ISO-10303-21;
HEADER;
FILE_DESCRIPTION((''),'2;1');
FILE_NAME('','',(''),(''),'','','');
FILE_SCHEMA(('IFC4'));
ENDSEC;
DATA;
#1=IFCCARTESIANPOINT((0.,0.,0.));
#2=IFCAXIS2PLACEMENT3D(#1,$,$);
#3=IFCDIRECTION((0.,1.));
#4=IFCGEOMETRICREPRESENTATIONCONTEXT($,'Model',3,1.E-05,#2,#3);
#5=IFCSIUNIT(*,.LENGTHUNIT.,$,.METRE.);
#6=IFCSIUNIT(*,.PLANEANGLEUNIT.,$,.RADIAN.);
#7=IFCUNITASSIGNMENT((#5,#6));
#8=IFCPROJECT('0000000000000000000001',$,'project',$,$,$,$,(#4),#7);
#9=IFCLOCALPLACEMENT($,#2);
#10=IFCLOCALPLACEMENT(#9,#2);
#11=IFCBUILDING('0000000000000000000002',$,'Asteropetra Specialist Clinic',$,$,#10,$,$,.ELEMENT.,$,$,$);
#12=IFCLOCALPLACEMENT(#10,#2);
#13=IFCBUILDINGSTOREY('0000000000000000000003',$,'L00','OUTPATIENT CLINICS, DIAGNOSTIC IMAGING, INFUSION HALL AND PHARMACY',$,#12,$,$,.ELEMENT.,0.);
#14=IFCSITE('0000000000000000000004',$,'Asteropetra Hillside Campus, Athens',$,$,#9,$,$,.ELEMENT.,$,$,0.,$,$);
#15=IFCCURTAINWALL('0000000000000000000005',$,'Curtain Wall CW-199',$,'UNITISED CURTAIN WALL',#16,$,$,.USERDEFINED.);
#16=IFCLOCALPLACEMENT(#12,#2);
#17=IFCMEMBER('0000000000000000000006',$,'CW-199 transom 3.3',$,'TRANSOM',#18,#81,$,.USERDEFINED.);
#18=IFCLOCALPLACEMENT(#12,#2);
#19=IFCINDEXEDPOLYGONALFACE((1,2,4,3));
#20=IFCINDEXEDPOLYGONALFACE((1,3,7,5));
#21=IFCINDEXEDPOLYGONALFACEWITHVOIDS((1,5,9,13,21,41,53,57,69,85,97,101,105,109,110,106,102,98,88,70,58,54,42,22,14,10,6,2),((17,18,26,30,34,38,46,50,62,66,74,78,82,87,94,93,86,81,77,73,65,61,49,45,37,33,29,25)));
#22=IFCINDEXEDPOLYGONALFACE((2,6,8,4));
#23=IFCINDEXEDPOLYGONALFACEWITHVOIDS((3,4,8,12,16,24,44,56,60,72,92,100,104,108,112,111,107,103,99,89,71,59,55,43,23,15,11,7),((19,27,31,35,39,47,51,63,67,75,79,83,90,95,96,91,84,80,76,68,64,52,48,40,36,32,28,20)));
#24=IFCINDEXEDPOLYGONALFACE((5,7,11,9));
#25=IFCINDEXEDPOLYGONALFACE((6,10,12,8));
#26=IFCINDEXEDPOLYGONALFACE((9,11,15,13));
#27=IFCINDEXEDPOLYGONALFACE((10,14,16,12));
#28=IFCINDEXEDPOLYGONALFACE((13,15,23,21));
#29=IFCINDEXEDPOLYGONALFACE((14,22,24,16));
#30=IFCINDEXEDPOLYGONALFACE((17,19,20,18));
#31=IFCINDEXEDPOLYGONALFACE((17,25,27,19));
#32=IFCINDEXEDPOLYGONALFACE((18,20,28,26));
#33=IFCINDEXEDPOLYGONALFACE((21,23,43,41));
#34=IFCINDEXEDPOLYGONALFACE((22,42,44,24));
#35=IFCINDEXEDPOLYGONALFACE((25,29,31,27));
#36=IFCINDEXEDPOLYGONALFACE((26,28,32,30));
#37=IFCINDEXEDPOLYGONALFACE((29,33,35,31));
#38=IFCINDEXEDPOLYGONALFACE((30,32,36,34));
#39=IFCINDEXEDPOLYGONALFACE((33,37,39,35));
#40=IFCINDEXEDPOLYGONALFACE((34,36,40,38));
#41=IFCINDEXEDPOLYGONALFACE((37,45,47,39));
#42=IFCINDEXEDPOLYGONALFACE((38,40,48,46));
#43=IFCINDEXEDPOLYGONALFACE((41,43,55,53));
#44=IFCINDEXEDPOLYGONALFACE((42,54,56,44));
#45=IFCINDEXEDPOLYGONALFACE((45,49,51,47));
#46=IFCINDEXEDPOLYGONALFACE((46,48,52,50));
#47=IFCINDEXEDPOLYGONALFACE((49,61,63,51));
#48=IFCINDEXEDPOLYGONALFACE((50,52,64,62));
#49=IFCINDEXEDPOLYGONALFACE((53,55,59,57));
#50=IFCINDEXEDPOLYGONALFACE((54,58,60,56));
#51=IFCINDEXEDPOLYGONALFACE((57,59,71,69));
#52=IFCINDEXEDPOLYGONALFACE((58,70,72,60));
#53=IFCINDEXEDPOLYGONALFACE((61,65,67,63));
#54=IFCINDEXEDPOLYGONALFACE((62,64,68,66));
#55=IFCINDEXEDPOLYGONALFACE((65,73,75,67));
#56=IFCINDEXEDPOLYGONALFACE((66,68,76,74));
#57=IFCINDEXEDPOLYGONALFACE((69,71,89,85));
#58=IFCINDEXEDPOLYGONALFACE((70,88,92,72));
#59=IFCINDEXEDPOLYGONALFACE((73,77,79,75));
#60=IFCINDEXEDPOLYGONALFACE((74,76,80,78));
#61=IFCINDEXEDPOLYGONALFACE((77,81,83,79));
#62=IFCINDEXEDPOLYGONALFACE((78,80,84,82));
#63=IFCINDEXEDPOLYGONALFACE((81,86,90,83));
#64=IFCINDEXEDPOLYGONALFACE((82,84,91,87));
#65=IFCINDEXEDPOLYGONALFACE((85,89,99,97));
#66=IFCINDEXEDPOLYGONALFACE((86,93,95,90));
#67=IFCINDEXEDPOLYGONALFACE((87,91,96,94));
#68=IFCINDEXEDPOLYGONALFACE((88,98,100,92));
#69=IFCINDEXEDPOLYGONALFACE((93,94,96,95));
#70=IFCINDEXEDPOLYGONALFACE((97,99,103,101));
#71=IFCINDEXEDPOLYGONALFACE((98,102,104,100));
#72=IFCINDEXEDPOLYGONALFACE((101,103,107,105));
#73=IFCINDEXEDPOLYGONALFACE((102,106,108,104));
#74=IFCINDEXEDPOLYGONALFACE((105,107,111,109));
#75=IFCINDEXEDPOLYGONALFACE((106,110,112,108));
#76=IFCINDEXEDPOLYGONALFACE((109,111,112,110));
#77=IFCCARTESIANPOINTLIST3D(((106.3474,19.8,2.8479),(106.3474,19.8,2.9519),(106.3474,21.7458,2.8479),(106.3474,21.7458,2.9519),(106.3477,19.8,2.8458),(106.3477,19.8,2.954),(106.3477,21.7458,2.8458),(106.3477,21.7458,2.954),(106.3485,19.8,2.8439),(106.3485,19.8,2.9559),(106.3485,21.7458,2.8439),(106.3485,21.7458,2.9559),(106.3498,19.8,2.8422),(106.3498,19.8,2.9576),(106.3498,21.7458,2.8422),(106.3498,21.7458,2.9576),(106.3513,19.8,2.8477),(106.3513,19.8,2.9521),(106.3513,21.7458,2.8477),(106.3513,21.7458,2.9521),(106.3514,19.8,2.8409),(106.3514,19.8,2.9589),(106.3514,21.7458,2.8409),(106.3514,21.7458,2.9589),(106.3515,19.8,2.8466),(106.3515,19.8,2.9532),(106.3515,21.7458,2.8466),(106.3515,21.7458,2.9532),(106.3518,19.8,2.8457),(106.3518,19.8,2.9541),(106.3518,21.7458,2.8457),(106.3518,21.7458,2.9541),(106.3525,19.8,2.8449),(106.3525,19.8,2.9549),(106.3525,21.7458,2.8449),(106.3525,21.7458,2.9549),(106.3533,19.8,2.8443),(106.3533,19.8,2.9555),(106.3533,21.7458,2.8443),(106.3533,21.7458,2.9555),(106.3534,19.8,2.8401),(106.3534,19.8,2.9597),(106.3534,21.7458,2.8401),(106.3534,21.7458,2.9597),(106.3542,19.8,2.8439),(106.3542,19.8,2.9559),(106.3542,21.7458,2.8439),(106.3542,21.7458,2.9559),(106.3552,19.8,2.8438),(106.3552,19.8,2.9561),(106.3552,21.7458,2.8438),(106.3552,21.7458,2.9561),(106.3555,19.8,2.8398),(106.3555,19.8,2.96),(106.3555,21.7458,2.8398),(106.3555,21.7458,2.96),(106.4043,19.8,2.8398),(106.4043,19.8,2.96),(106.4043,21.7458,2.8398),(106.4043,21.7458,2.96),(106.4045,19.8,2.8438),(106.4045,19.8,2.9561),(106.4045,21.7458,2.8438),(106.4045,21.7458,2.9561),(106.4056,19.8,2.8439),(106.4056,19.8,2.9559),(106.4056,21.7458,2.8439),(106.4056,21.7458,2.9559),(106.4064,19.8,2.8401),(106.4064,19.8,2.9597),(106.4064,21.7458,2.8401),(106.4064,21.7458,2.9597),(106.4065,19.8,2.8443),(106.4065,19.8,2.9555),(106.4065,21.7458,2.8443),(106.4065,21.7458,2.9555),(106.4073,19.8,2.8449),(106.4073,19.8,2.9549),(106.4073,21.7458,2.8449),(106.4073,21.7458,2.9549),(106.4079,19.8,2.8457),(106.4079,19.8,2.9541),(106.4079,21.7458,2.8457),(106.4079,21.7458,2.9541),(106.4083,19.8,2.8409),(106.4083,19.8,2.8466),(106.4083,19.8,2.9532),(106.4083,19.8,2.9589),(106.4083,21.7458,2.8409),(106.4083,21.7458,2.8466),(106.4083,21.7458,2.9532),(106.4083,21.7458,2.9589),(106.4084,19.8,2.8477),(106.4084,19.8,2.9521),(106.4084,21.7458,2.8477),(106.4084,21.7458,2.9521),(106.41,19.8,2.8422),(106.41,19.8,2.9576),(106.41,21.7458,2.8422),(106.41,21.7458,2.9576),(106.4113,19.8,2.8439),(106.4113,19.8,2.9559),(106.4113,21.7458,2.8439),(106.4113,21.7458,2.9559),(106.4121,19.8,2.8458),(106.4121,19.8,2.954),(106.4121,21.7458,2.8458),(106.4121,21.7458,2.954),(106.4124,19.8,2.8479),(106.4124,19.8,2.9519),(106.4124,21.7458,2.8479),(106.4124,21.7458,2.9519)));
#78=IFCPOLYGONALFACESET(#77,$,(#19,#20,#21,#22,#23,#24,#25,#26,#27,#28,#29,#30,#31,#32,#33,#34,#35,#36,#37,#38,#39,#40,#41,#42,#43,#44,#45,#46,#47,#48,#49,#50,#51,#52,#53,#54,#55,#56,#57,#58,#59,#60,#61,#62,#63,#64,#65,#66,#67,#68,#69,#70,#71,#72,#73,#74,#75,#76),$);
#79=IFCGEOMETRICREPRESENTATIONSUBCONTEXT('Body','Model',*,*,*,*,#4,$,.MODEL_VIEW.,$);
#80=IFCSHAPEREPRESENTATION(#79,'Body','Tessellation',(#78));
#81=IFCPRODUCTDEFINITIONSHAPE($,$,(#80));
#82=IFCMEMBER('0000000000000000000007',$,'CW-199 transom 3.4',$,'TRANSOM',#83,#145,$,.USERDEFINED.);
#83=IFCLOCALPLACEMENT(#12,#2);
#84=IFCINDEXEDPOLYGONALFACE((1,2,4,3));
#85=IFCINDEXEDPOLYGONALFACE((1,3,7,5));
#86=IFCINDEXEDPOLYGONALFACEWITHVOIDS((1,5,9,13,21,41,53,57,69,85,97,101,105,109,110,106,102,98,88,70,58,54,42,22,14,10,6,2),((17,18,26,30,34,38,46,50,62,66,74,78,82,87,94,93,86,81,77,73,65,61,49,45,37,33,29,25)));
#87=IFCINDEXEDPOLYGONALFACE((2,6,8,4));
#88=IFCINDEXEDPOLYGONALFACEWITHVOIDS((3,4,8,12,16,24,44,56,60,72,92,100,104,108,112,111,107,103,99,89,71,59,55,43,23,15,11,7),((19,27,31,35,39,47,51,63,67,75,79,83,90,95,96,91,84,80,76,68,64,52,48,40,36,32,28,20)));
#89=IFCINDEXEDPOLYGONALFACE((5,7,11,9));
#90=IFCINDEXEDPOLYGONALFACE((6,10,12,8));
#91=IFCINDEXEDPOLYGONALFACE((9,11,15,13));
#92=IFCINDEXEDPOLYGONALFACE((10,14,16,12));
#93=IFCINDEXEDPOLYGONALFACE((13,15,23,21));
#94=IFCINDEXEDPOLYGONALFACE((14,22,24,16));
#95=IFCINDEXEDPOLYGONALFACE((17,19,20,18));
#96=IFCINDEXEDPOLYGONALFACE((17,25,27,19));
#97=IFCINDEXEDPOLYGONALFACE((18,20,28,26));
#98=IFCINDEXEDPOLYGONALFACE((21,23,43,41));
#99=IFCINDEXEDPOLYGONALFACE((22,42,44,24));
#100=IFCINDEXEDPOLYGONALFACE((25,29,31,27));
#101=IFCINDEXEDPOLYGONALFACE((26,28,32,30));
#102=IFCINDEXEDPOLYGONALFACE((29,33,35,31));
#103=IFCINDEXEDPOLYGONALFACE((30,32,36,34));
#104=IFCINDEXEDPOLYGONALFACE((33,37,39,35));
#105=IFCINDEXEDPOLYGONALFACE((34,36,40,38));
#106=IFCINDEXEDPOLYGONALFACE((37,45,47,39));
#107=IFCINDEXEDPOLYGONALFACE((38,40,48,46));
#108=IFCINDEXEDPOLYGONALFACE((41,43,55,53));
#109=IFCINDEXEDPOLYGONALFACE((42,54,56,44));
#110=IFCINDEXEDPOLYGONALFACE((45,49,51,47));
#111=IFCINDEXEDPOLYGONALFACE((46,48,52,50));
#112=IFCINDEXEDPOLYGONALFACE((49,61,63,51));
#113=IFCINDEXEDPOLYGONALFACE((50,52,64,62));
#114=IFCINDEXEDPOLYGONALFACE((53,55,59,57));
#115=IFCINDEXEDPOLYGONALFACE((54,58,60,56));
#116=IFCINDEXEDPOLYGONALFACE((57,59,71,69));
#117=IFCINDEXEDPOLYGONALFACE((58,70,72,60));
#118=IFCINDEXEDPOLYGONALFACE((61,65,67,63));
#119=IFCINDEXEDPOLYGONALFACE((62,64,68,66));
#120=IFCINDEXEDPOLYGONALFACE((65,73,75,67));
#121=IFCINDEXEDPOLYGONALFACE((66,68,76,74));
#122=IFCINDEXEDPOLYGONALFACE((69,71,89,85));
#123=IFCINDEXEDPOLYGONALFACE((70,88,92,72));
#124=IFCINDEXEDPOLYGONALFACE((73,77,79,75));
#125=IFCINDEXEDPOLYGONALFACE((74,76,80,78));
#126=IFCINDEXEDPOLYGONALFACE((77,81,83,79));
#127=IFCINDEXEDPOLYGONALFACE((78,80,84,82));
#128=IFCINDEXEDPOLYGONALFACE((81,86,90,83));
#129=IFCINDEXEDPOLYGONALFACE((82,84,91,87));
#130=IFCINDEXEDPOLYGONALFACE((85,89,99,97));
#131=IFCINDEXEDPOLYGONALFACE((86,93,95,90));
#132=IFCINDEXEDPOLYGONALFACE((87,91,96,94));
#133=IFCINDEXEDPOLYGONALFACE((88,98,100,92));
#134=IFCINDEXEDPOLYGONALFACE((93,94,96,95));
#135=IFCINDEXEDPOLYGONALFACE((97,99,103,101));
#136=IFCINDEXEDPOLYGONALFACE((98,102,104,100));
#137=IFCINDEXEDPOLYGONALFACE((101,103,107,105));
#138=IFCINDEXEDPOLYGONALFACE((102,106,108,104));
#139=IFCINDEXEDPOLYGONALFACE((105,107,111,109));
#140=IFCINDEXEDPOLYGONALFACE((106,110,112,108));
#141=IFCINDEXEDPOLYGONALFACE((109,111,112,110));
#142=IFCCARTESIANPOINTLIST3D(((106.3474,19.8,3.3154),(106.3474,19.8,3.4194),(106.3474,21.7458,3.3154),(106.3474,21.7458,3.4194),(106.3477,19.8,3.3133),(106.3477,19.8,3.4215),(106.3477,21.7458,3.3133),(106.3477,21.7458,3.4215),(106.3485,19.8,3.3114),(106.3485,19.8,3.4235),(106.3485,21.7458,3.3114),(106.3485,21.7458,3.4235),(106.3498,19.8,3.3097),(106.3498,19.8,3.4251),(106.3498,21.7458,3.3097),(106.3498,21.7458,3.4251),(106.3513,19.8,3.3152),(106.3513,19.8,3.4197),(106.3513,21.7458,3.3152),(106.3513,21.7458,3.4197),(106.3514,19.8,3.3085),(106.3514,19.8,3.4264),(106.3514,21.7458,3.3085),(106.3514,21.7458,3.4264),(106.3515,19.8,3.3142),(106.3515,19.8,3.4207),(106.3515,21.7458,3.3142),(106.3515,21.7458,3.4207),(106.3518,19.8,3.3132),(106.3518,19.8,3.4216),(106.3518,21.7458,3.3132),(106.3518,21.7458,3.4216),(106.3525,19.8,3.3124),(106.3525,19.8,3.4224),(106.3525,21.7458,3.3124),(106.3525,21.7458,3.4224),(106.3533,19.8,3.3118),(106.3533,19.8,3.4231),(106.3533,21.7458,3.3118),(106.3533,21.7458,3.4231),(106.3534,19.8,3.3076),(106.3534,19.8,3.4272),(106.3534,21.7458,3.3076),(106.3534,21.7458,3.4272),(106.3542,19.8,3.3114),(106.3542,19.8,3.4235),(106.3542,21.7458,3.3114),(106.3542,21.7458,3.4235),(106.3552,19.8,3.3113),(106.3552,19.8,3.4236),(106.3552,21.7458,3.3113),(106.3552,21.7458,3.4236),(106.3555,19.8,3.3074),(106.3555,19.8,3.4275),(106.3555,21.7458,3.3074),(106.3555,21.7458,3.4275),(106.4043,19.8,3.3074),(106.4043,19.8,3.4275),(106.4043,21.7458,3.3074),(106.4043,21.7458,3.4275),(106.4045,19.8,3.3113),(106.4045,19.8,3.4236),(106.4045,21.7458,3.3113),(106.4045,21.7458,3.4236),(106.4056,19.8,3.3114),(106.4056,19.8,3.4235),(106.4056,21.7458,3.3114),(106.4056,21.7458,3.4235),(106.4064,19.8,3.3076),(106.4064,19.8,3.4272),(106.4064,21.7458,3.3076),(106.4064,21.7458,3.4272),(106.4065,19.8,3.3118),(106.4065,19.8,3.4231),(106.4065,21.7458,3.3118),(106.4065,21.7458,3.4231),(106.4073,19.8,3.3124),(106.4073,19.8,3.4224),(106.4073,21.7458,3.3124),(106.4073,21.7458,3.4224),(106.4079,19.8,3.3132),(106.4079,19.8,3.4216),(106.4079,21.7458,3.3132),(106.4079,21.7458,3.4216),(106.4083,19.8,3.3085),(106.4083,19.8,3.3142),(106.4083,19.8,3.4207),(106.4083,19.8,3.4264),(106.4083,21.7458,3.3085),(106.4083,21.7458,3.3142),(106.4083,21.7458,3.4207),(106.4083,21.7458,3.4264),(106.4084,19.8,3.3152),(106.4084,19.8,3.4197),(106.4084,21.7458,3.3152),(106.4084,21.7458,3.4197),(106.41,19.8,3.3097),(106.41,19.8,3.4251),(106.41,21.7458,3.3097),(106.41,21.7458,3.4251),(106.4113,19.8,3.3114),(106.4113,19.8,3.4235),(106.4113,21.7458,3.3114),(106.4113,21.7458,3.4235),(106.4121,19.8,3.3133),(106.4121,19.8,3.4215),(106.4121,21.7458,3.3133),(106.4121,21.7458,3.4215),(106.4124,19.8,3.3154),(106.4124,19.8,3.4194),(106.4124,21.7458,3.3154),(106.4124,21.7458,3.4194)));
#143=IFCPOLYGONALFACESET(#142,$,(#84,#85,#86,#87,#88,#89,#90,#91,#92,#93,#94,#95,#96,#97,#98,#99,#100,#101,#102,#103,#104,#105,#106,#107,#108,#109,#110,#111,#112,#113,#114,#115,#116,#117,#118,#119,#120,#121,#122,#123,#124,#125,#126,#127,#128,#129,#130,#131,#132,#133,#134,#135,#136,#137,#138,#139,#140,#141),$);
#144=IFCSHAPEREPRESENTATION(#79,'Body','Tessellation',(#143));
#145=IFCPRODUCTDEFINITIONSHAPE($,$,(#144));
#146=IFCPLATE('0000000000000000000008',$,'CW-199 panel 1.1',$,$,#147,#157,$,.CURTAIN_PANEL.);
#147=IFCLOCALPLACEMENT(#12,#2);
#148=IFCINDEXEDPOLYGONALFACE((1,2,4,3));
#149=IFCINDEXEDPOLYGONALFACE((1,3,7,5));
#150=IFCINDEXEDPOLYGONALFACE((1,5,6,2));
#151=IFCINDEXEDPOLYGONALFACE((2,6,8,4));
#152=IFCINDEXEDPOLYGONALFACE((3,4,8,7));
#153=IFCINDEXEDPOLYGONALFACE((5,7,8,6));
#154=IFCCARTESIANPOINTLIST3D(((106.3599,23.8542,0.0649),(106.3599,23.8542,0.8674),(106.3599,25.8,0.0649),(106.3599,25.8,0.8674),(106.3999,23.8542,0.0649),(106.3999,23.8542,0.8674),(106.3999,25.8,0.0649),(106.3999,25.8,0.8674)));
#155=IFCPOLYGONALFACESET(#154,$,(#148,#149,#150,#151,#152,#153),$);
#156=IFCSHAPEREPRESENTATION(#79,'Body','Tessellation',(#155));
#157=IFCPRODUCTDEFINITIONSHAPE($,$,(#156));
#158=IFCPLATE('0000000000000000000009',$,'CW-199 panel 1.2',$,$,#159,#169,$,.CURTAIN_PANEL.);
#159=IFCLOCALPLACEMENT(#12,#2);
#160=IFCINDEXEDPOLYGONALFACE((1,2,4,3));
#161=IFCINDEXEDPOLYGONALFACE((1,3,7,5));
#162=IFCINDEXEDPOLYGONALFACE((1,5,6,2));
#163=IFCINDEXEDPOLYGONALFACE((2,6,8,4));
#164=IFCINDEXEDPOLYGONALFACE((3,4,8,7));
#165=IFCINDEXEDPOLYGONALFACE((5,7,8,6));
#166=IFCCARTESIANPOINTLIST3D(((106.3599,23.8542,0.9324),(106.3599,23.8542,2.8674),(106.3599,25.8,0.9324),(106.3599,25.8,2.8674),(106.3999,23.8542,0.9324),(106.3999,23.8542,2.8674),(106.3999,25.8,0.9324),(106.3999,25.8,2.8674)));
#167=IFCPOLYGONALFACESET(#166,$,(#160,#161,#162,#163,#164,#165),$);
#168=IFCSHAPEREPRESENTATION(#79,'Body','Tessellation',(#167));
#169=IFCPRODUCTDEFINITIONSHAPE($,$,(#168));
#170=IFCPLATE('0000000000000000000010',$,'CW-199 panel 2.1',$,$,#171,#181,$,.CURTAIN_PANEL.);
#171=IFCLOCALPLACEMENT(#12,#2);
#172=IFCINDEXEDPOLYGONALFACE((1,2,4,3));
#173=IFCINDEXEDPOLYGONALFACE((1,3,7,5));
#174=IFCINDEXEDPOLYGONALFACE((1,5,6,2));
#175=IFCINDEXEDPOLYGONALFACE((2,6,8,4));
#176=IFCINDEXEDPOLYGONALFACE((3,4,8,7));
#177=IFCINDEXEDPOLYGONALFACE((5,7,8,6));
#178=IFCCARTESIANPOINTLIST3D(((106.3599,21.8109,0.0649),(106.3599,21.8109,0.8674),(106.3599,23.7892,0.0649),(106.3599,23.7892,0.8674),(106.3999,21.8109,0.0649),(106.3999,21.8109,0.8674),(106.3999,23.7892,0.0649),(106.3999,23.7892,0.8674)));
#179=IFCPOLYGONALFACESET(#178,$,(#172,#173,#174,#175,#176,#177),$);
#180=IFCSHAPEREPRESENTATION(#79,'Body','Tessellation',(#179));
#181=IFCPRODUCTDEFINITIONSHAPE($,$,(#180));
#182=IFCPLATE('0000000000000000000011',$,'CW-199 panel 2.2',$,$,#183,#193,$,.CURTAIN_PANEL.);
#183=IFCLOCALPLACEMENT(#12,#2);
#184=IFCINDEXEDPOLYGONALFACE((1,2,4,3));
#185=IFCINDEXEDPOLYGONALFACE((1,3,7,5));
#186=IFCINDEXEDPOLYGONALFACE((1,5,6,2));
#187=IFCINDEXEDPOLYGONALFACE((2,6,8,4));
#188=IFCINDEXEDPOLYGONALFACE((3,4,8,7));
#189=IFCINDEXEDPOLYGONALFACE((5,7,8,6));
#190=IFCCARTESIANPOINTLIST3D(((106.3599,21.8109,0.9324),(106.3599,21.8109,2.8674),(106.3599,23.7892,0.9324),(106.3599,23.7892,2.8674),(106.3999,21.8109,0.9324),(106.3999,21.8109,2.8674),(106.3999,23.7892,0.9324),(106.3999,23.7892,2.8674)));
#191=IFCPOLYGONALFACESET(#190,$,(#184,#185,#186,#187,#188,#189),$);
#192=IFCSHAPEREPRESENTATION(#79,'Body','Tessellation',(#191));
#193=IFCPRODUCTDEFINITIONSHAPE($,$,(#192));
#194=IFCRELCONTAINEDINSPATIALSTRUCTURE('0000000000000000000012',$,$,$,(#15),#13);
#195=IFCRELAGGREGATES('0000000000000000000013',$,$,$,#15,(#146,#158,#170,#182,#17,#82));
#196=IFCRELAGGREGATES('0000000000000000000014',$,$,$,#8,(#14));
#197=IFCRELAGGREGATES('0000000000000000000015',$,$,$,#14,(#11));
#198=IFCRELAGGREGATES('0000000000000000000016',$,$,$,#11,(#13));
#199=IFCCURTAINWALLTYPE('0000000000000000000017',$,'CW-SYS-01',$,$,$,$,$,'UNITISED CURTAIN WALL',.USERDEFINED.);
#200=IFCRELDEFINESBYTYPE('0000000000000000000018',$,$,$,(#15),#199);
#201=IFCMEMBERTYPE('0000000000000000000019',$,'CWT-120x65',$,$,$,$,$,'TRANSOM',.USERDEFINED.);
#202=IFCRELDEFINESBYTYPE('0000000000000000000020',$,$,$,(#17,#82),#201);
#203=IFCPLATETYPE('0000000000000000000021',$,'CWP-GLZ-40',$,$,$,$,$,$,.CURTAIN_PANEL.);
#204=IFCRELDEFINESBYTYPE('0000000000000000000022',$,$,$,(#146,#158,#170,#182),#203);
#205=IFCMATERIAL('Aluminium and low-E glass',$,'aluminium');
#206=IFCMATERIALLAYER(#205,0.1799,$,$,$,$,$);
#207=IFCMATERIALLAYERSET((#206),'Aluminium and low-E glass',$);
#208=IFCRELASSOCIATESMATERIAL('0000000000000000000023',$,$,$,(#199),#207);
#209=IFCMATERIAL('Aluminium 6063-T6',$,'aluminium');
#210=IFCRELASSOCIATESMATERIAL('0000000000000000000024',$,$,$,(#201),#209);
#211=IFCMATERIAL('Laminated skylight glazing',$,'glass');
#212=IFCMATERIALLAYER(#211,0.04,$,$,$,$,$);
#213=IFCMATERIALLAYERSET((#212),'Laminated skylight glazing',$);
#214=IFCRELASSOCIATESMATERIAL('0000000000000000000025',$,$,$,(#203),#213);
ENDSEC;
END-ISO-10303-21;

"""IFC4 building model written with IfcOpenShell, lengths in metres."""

from ifc_helpers import new_model, si_unit, direction, frame, origin, origin_2d, place, context, subcontext, project, spatial, rectangle, hollow_rectangle, extrude, material, layer, layer_set, material_profile, profile_set, type_object, element, aggregate, save


model = new_model("IFC4")

# Units and contexts
model_context = context("Model", 3, precision=1e-05, world=origin(), true_north=direction((0.0, 1.0)))
body_context = subcontext(model_context, "Body", "Model", "MODEL_VIEW")
ifc_project = project(units=[si_unit("LENGTHUNIT", "METRE"), si_unit("PLANEANGLEUNIT", "RADIAN")], contexts=[model_context])

# Site, building, storey
site_placement = place(None, origin())
site = spatial("IfcSite", under=ifc_project, at=site_placement, Name="Asteropetra Hillside Campus, Athens", CompositionType="ELEMENT", RefElevation=0.0)
building_placement = place(site_placement, origin())
building = spatial("IfcBuilding", under=site, at=building_placement, Name="Asteropetra Specialist Clinic", CompositionType="ELEMENT")
storey_placement = place(building_placement, origin())
storey = spatial("IfcBuildingStorey", under=building, at=storey_placement, Name="L00", Description="OUTPATIENT CLINICS, DIAGNOSTIC IMAGING, INFUSION HALL AND PHARMACY", CompositionType="ELEMENT", Elevation=0.0)

# Curtain wall, members, plates
ifc_material_1 = material(Name="Aluminium and low-E glass", Category="aluminium")
ifc_layer_1 = layer(ifc_material_1, 0.1799)
ifc_layer_set_1 = layer_set([ifc_layer_1], Name="Aluminium and low-E glass")
curtain_wall_type = type_object("IfcCurtainWallType", Name="CW-SYS-01", ElementType="UNITISED CURTAIN WALL", PredefinedType="USERDEFINED", material=ifc_layer_set_1)
curtain_wall_placement = place(storey_placement, origin())
curtain_wall = element("IfcCurtainWall", 1, at=curtain_wall_placement, inside=storey, type_object=curtain_wall_type, Name="Curtain Wall CW-199", ObjectType="UNITISED CURTAIN WALL", PredefinedType="USERDEFINED")
ifc_material_2 = material(Name="Aluminium 6063-T6", Category="aluminium")
ifc_material_profile_1 = material_profile(ifc_material_2, hollow_rectangle(XDim=0.0649, YDim=0.1201, WallThickness=0.0039, InnerFilletRadius=0.0039, OuterFilletRadius=0.0081, at=origin_2d()), Name="TRN 120x65x4.0")
ifc_profile_set_1 = profile_set([ifc_material_profile_1], Name="Aluminium 6063-T6")
member_type_1 = type_object("IfcMemberType", Name="CWT-120x65", ElementType="TRANSOM", PredefinedType="USERDEFINED", material=ifc_profile_set_1)
member_1_placement = place(storey_placement, frame((106.3799, 21.7458, 2.8999), z_axis=(0.0, -1.0, 0.0), x_axis=(1.0, 0.0, 0.0)))
member_1 = element("IfcMember", 2, at=member_1_placement, type_object=member_type_1, Name="CW-199 transom 3.3", ObjectType="TRANSOM", PredefinedType="USERDEFINED", context=body_context, shape_type="SweptSolid", body=[
    extrude(hollow_rectangle(XDim=0.0649, YDim=0.1201, WallThickness=0.0039, InnerFilletRadius=0.0039, OuterFilletRadius=0.0081, at=origin_2d()), origin(), (0.0, 0.0, 1.0), 1.9458),
])
member_2_placement = place(storey_placement, frame((106.3799, 21.7458, 3.3674), z_axis=(0.0, -1.0, 0.0), x_axis=(1.0, 0.0, 0.0)))
member_2 = element("IfcMember", 3, at=member_2_placement, type_object=member_type_1, Name="CW-199 transom 3.4", ObjectType="TRANSOM", PredefinedType="USERDEFINED", context=body_context, shape_type="SweptSolid", body=[
    extrude(hollow_rectangle(XDim=0.0649, YDim=0.1201, WallThickness=0.0039, InnerFilletRadius=0.0039, OuterFilletRadius=0.0081, at=origin_2d()), origin(), (0.0, 0.0, 1.0), 1.9458),
])
ifc_material_3 = material(Name="Laminated skylight glazing", Category="glass")
ifc_layer_2 = layer(ifc_material_3, 0.04)
ifc_layer_set_2 = layer_set([ifc_layer_2], Name="Laminated skylight glazing")
plate_type = type_object("IfcPlateType", Name="CWP-GLZ-40", PredefinedType="CURTAIN_PANEL", material=ifc_layer_set_2)
plate_1_placement = place(storey_placement, frame((106.3799, 24.8271, 0.0649), z_axis=(0.0, 0.0, 1.0), x_axis=(0.0, -1.0, 0.0)))
plate_1 = element("IfcPlate", 4, at=plate_1_placement, type_object=plate_type, Name="CW-199 panel 1.1", PredefinedType="CURTAIN_PANEL", context=body_context, shape_type="SweptSolid", body=[
    extrude(rectangle(XDim=1.9458, YDim=0.04, at=origin_2d()), origin(), (0.0, 0.0, 1.0), 0.8025),
])
plate_2_placement = place(storey_placement, frame((106.3799, 24.8271, 0.9324), z_axis=(0.0, 0.0, 1.0), x_axis=(0.0, -1.0, 0.0)))
plate_2 = element("IfcPlate", 5, at=plate_2_placement, type_object=plate_type, Name="CW-199 panel 1.2", PredefinedType="CURTAIN_PANEL", context=body_context, shape_type="SweptSolid", body=[
    extrude(rectangle(XDim=1.9458, YDim=0.04, at=origin_2d()), origin(), (0.0, 0.0, 1.0), 1.9351),
])
plate_3_placement = place(storey_placement, frame((106.3799, 22.8, 0.0649), z_axis=(0.0, 0.0, 1.0), x_axis=(0.0, -1.0, 0.0)))
plate_3 = element("IfcPlate", 6, at=plate_3_placement, type_object=plate_type, Name="CW-199 panel 2.1", PredefinedType="CURTAIN_PANEL", context=body_context, shape_type="SweptSolid", body=[
    extrude(rectangle(XDim=1.9783, YDim=0.04, at=origin_2d()), origin(), (0.0, 0.0, 1.0), 0.8025),
])
plate_4_placement = place(storey_placement, frame((106.3799, 22.8, 0.9324), z_axis=(0.0, 0.0, 1.0), x_axis=(0.0, -1.0, 0.0)))
plate_4 = element("IfcPlate", 7, at=plate_4_placement, type_object=plate_type, Name="CW-199 panel 2.2", PredefinedType="CURTAIN_PANEL", context=body_context, shape_type="SweptSolid", body=[
    extrude(rectangle(XDim=1.9783, YDim=0.04, at=origin_2d()), origin(), (0.0, 0.0, 1.0), 1.9351),
])
aggregate(curtain_wall, [plate_1, plate_2, plate_3, plate_4, member_1, member_2])

save(model, "model.ifc")
